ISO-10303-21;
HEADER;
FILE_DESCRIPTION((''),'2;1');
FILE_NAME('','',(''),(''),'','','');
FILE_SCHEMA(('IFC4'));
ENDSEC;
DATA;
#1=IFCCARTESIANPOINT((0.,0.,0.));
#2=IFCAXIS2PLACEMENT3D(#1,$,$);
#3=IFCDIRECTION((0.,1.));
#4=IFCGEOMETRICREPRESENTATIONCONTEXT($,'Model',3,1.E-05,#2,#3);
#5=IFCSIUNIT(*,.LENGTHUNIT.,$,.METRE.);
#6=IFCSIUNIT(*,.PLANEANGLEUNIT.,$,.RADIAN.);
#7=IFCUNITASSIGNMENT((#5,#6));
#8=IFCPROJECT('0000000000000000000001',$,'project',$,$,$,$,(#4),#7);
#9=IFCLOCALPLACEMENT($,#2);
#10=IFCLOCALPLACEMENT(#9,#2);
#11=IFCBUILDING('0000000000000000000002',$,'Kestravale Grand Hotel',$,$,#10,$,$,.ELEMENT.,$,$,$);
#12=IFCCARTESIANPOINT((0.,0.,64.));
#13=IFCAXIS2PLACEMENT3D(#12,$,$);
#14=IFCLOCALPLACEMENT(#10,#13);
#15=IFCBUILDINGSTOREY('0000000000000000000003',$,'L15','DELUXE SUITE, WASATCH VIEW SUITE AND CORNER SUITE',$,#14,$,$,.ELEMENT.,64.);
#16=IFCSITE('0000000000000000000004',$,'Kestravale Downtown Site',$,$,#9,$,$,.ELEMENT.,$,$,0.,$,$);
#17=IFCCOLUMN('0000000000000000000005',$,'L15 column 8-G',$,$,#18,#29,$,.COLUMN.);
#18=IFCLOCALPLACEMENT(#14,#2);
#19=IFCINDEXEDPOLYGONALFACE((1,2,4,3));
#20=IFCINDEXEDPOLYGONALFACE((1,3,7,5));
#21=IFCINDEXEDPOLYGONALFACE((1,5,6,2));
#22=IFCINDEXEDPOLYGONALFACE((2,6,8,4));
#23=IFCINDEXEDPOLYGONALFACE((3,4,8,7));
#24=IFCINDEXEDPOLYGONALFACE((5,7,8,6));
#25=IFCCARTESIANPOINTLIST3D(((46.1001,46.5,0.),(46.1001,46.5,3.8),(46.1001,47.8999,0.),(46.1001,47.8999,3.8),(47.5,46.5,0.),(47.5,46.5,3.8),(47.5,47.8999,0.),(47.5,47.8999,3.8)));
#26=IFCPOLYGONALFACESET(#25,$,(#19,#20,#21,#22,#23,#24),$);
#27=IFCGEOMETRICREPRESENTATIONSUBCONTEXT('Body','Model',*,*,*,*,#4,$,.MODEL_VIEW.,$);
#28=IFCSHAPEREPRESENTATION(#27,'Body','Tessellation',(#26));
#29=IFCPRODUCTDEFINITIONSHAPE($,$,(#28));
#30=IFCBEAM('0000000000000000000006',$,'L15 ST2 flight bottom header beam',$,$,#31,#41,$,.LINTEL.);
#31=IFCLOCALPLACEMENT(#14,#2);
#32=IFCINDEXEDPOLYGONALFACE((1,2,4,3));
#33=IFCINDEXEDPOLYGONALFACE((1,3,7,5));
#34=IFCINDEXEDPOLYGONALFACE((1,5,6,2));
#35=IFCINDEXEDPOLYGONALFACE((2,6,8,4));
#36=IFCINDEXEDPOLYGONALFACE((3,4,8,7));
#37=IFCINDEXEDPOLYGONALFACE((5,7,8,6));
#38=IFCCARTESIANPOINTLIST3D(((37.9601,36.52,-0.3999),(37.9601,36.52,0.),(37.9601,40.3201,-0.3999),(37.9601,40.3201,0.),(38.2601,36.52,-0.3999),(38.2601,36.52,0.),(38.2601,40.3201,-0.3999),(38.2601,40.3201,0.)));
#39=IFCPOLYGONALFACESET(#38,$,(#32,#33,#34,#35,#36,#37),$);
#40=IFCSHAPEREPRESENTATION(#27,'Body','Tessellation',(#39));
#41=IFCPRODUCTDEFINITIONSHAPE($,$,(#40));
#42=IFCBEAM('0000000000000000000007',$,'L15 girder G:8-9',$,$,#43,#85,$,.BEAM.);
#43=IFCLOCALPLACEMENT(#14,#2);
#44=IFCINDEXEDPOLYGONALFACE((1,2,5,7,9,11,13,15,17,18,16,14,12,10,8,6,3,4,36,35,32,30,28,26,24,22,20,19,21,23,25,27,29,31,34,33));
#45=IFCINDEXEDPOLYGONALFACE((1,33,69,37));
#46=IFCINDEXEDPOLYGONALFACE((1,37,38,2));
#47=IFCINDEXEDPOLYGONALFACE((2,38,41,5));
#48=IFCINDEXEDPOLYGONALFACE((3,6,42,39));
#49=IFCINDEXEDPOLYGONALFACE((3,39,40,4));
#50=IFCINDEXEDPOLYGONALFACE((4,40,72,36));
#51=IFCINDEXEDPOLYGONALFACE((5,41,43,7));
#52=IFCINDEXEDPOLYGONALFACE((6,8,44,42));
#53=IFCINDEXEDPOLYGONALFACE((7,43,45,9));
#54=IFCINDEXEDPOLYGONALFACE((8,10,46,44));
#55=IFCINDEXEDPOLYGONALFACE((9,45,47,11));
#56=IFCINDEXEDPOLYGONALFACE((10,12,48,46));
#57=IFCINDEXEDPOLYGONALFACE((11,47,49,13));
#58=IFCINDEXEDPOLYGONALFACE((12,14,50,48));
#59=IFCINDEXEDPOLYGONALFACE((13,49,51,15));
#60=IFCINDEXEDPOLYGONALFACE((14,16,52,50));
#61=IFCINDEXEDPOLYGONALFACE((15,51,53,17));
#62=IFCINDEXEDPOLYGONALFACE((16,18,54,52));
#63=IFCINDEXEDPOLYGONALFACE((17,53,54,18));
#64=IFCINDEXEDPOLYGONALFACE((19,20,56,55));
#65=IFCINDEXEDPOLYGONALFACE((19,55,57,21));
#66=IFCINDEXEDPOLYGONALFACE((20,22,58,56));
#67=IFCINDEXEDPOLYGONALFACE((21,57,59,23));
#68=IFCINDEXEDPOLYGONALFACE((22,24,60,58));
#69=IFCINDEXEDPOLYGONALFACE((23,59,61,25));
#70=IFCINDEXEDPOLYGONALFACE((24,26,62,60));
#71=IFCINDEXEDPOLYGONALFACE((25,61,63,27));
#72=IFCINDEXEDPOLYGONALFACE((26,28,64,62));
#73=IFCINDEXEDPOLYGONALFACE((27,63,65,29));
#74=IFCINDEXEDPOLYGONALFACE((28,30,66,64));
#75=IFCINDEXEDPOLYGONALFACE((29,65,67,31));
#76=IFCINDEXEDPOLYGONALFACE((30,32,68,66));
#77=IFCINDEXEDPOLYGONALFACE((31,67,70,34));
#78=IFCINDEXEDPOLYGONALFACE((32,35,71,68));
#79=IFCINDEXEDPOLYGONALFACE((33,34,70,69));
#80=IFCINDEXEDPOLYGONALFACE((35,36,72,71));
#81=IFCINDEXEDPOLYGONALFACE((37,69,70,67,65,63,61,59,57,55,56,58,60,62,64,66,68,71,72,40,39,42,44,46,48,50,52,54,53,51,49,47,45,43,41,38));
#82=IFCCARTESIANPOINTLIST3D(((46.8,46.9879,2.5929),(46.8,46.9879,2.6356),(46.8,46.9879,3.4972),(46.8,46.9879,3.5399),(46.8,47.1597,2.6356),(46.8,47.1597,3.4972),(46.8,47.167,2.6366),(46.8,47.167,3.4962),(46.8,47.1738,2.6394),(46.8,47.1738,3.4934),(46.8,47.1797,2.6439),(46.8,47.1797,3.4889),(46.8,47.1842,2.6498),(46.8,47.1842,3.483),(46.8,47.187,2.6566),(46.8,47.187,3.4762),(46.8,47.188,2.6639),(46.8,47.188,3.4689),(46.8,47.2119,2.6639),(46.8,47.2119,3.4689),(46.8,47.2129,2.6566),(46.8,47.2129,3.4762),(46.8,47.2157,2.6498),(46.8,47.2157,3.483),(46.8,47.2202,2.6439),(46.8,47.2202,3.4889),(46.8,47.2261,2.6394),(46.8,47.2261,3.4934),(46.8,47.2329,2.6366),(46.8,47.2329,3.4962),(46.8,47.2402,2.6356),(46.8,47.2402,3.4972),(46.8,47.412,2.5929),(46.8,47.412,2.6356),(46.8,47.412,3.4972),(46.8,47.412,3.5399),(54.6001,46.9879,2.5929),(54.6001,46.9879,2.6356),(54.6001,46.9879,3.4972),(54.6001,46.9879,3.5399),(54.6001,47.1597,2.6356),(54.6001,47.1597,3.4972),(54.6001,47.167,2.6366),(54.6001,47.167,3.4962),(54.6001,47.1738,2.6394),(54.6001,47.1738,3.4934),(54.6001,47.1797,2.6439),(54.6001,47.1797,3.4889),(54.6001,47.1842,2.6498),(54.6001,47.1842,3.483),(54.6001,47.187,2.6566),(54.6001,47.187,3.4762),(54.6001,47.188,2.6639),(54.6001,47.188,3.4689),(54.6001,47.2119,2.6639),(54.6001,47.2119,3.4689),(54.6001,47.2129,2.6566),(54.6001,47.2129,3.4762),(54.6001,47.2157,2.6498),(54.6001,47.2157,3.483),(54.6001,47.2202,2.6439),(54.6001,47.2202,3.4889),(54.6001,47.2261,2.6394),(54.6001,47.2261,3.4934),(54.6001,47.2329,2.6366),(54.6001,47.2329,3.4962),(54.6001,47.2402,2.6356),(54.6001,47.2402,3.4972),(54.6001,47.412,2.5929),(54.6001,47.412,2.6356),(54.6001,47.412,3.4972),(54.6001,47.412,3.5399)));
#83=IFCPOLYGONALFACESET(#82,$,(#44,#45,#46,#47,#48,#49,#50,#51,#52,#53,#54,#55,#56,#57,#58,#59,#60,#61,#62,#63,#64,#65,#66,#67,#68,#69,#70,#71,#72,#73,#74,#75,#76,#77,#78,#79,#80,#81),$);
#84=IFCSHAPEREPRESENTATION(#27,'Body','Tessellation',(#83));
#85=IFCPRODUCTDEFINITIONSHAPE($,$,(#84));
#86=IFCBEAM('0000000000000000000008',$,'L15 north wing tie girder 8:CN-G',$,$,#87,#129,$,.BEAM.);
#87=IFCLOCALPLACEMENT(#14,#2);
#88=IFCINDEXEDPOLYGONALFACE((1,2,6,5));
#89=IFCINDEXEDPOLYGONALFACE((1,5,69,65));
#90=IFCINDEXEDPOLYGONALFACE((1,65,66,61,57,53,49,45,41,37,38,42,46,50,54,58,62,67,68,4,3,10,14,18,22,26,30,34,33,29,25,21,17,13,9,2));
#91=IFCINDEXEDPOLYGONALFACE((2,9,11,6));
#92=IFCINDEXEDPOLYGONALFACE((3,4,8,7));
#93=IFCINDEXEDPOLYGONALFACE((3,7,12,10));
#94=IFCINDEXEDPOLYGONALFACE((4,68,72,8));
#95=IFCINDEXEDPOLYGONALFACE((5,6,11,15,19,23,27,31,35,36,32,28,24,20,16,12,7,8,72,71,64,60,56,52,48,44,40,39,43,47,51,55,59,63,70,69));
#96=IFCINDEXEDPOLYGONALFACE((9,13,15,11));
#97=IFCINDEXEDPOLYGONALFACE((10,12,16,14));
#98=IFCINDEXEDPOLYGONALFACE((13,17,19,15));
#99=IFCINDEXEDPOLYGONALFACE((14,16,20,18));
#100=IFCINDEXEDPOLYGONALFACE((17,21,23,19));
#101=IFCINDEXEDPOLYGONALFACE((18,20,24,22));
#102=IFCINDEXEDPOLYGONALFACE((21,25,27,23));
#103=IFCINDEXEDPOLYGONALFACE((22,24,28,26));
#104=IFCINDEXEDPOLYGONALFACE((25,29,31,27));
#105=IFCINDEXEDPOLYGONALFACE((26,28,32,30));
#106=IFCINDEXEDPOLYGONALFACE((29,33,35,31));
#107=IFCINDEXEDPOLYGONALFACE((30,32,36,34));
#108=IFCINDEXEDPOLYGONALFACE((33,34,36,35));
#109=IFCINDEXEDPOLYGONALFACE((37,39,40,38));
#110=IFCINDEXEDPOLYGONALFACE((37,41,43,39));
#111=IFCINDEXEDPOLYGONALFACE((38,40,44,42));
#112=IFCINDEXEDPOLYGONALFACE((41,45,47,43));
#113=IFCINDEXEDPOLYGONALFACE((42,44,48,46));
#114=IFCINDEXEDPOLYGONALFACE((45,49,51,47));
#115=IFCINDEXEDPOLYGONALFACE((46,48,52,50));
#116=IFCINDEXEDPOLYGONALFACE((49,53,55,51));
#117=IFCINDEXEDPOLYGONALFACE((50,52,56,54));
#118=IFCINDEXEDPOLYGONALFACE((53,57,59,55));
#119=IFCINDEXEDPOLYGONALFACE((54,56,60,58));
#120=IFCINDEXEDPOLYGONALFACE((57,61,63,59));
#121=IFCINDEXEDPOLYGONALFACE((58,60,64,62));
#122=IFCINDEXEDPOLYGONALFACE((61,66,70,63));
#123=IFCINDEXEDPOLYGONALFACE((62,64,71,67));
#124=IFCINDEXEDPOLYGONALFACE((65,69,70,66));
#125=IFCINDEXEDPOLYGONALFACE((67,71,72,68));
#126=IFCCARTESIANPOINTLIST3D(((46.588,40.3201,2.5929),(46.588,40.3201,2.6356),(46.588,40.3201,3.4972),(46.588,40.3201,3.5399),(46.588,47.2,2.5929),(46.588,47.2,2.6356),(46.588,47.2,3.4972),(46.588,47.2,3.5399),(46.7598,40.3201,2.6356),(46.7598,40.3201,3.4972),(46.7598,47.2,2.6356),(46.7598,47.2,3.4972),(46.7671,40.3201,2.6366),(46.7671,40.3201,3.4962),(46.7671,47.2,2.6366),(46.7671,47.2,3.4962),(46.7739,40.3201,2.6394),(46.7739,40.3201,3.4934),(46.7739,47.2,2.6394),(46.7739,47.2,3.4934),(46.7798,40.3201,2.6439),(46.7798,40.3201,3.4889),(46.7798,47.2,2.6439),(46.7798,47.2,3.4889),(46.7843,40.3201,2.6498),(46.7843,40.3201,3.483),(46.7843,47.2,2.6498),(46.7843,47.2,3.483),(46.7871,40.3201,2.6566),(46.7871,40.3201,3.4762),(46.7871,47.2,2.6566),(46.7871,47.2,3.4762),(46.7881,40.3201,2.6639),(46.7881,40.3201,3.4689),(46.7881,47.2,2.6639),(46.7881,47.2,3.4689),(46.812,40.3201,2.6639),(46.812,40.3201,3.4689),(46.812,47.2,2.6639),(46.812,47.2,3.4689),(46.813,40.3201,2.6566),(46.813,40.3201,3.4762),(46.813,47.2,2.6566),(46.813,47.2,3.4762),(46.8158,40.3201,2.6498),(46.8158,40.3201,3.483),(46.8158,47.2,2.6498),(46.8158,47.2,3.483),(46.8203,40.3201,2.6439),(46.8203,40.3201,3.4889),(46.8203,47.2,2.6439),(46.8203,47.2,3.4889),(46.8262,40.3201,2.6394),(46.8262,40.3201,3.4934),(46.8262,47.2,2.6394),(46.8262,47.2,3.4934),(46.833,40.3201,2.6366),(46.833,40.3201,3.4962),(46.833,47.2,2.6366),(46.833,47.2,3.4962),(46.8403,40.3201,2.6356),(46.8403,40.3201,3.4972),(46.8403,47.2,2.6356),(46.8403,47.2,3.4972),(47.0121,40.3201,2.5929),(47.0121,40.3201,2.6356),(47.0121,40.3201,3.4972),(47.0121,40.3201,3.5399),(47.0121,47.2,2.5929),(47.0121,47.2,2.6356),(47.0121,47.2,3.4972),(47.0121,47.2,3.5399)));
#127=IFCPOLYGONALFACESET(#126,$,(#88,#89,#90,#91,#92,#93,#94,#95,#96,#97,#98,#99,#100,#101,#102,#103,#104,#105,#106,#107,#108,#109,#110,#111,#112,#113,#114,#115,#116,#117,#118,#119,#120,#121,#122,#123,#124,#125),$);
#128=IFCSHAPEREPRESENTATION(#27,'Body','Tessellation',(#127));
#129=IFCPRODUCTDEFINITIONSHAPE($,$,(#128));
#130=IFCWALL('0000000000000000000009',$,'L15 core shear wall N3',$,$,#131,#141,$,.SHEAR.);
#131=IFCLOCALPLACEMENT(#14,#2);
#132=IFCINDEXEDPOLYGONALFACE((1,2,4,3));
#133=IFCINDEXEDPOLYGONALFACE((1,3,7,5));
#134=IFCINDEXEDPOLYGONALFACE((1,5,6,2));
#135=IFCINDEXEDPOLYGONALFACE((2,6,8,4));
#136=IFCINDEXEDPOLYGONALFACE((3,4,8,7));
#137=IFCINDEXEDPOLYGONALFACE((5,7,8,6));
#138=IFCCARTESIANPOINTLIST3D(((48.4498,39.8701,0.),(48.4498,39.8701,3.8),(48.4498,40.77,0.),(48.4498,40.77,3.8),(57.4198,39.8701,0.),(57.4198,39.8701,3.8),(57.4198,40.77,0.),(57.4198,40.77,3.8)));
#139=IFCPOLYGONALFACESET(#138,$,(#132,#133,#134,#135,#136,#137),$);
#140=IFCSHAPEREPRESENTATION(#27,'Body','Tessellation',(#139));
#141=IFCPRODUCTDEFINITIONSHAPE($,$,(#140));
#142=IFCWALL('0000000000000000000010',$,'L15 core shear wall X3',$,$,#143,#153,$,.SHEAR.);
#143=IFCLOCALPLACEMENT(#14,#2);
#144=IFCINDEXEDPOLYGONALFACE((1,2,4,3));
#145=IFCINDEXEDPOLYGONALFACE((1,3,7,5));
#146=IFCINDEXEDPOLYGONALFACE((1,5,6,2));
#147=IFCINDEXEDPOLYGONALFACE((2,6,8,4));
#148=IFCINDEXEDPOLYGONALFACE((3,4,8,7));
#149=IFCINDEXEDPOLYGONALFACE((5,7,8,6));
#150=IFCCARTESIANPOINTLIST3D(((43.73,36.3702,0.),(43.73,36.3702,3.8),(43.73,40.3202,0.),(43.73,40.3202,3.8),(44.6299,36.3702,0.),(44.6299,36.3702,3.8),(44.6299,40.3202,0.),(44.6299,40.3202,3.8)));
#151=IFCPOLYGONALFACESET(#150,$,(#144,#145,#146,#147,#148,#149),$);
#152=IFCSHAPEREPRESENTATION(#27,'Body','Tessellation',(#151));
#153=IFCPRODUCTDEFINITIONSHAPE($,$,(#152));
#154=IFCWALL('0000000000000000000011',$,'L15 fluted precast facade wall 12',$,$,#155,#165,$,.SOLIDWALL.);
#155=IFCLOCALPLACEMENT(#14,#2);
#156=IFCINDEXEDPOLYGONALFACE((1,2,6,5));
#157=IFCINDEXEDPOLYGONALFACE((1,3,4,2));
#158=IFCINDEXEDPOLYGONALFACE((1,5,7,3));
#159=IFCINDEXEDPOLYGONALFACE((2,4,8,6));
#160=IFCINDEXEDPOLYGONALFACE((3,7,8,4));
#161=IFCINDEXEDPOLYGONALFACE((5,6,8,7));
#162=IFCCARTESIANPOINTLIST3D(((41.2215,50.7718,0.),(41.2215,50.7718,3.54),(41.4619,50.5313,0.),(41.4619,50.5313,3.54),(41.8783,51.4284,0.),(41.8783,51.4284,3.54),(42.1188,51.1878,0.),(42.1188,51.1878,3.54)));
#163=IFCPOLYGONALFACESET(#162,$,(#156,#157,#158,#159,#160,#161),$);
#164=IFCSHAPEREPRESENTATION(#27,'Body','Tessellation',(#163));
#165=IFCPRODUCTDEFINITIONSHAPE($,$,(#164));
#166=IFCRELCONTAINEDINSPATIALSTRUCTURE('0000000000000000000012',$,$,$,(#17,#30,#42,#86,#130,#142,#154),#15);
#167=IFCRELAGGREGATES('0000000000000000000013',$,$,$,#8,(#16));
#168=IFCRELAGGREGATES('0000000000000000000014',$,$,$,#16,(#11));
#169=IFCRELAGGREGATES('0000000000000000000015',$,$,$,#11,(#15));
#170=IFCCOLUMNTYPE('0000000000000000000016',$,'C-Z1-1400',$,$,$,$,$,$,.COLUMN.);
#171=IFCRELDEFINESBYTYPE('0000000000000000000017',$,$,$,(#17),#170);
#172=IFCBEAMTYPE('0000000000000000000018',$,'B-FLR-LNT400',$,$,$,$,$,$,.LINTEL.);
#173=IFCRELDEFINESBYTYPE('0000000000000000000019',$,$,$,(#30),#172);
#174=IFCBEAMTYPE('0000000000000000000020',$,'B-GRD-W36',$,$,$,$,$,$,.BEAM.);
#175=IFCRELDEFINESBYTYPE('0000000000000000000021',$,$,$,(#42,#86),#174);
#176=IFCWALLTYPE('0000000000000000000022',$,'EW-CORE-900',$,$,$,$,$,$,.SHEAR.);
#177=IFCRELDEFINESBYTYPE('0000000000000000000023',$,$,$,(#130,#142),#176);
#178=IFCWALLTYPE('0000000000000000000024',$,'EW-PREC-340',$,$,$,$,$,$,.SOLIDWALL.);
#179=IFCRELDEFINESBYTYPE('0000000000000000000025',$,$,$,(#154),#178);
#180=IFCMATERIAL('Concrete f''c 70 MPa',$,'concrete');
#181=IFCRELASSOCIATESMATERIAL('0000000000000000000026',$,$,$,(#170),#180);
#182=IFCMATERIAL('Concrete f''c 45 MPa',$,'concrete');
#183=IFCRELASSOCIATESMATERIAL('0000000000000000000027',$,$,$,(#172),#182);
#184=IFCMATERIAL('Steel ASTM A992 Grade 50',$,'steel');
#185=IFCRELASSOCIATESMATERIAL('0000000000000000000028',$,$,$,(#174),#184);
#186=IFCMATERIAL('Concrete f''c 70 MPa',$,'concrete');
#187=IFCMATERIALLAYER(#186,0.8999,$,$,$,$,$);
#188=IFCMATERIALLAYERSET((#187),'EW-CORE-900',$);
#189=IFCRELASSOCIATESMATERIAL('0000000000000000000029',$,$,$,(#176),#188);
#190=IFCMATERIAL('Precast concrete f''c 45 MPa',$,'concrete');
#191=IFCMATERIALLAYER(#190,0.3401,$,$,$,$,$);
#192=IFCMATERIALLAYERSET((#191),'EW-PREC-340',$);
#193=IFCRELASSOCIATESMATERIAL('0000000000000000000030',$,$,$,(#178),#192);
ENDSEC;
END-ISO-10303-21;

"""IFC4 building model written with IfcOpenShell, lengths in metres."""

from ifc_helpers import new_model, si_unit, direction, frame, frame_2d, origin, origin_2d, place, context, subcontext, project, spatial, rectangle, i_section, extrude, material, layer, layer_set, material_profile, profile_set, type_object, element, save


model = new_model("IFC4")

# Units and contexts
model_context = context("Model", 3, precision=1e-05, world=origin(), true_north=direction((0.0, 1.0)))
body_context = subcontext(model_context, "Body", "Model", "MODEL_VIEW")
ifc_project = project(units=[si_unit("LENGTHUNIT", "METRE"), si_unit("PLANEANGLEUNIT", "RADIAN")], contexts=[model_context])

# Site, building, storey
site_placement = place(None, origin())
site = spatial("IfcSite", under=ifc_project, at=site_placement, Name="Kestravale Downtown Site", CompositionType="ELEMENT", RefElevation=0.0)
building_placement = place(site_placement, origin())
building = spatial("IfcBuilding", under=site, at=building_placement, Name="Kestravale Grand Hotel", CompositionType="ELEMENT")
storey_placement = place(building_placement, frame((0.0, 0.0, 64.0)))
storey = spatial("IfcBuildingStorey", under=building, at=storey_placement, Name="L15", Description="DELUXE SUITE, WASATCH VIEW SUITE AND CORNER SUITE", CompositionType="ELEMENT", Elevation=64.0)

# Column
ifc_material_1 = material(Name="Concrete f'c 70 MPa", Category="concrete")
ifc_material_profile_1 = material_profile(ifc_material_1, rectangle(XDim=1.3999, YDim=1.3999, at=origin_2d()))
ifc_profile_set_1 = profile_set([ifc_material_profile_1], Name="Concrete f'c 70 MPa")
column_type = type_object("IfcColumnType", Name="C-Z1-1400", PredefinedType="COLUMN", material=ifc_profile_set_1)
column_placement = place(storey_placement, frame((46.8, 47.2, 0.0), z_axis=(0.0, 0.0, 1.0), x_axis=(1.0, 0.0, 0.0)))
element("IfcColumn", 1, at=column_placement, inside=storey, type_object=column_type, Name="L15 column 8-G", PredefinedType="COLUMN", context=body_context, shape_type="SweptSolid", body=[
    extrude(rectangle(XDim=1.3999, YDim=1.3999, at=origin_2d()), origin(), (0.0, 0.0, 1.0), 3.8),
])

# Beams
ifc_material_2 = material(Name="Concrete f'c 45 MPa", Category="concrete")
ifc_material_profile_2 = material_profile(ifc_material_2, rectangle(XDim=0.3, YDim=0.3999, at=origin_2d()))
ifc_profile_set_2 = profile_set([ifc_material_profile_2], Name="Concrete f'c 45 MPa")
beam_type_1 = type_object("IfcBeamType", Name="B-FLR-LNT400", PredefinedType="LINTEL", material=ifc_profile_set_2)
beam_1_placement = place(storey_placement, frame((38.1101, 36.52, -0.2), z_axis=(0.0, 1.0, 0.0), x_axis=(-1.0, 0.0, 0.0)))
element("IfcBeam", 2, at=beam_1_placement, inside=storey, type_object=beam_type_1, Name="L15 ST2 flight bottom header beam", PredefinedType="LINTEL", context=body_context, shape_type="SweptSolid", body=[
    extrude(rectangle(XDim=0.3, YDim=0.3999, at=origin_2d()), origin(), (0.0, 0.0, 1.0), 3.8),
])
ifc_material_3 = material(Name="Steel ASTM A992 Grade 50", Category="steel")
ifc_material_profile_3 = material_profile(ifc_material_3, i_section(OverallWidth=0.4241, OverallDepth=0.947, WebThickness=0.0239, FlangeThickness=0.0427, FilletRadius=0.0283, at=origin_2d()))
ifc_profile_set_3 = profile_set([ifc_material_profile_3], Name="Steel ASTM A992 Grade 50")
beam_type_2 = type_object("IfcBeamType", Name="B-GRD-W36", PredefinedType="BEAM", material=ifc_profile_set_3)
beam_2_placement = place(storey_placement, frame((46.8, 47.2, 3.0664), z_axis=(1.0, 0.0, 0.0), x_axis=(0.0, 1.0, 0.0)))
element("IfcBeam", 3, at=beam_2_placement, inside=storey, type_object=beam_type_2, Name="L15 girder G:8-9", PredefinedType="BEAM", context=body_context, shape_type="SweptSolid", body=[
    extrude(i_section(OverallWidth=0.4241, OverallDepth=0.947, WebThickness=0.0239, FlangeThickness=0.0427, FilletRadius=0.0283, at=origin_2d()), origin(), (0.0, 0.0, 1.0), 7.8),
])
beam_3_placement = place(storey_placement, frame((46.8, 40.3201, 3.0664), z_axis=(0.0, 1.0, 0.0), x_axis=(-1.0, 0.0, 0.0)))
element("IfcBeam", 4, at=beam_3_placement, inside=storey, type_object=beam_type_2, Name="L15 north wing tie girder 8:CN-G", PredefinedType="BEAM", context=body_context, shape_type="SweptSolid", body=[
    extrude(i_section(OverallWidth=0.4241, OverallDepth=0.947, WebThickness=0.0239, FlangeThickness=0.0427, FilletRadius=0.0283, at=origin_2d()), origin(), (0.0, 0.0, 1.0), 6.8799),
])

# Walls
ifc_material_4 = material(Name="Concrete f'c 70 MPa", Category="concrete")
ifc_layer_1 = layer(ifc_material_4, 0.8999)
ifc_layer_set_1 = layer_set([ifc_layer_1], Name="EW-CORE-900")
wall_type_1 = type_object("IfcWallType", Name="EW-CORE-900", PredefinedType="SHEAR", material=ifc_layer_set_1)
wall_1_placement = place(storey_placement, frame((48.45, 40.3201, 0.0), z_axis=(0.0, 0.0, 1.0), x_axis=(1.0, 0.0, 0.0)))
element("IfcWall", 5, at=wall_1_placement, inside=storey, type_object=wall_type_1, Name="L15 core shear wall N3", PredefinedType="SHEAR", context=body_context, shape_type="SweptSolid", body=[
    extrude(rectangle(XDim=8.97, YDim=0.8999, at=frame_2d((4.4849, 0.0))), origin(), (0.0, 0.0, 1.0), 3.8),
])
wall_2_placement = place(storey_placement, frame((44.1799, 36.3701, 0.0), z_axis=(0.0, 0.0, 1.0), x_axis=(0.0, 1.0, 0.0)))
element("IfcWall", 6, at=wall_2_placement, inside=storey, type_object=wall_type_1, Name="L15 core shear wall X3", PredefinedType="SHEAR", context=body_context, shape_type="SweptSolid", body=[
    extrude(rectangle(XDim=3.95, YDim=0.8999, at=frame_2d((1.9751, 0.0))), origin(), (0.0, 0.0, 1.0), 3.8),
])
ifc_material_5 = material(Name="Precast concrete f'c 45 MPa", Category="concrete")
ifc_layer_2 = layer(ifc_material_5, 0.3401)
ifc_layer_set_2 = layer_set([ifc_layer_2], Name="EW-PREC-340")
wall_type_2 = type_object("IfcWallType", Name="EW-PREC-340", PredefinedType="SOLIDWALL", material=ifc_layer_set_2)
wall_3_placement = place(storey_placement, frame((41.9985, 51.3081, 0.0), z_axis=(0.0, 0.0, 1.0), x_axis=(-0.707238, -0.706975, 0.0)))
element("IfcWall", 7, at=wall_3_placement, inside=storey, type_object=wall_type_2, Name="L15 fluted precast facade wall 12", PredefinedType="SOLIDWALL", context=body_context, shape_type="SweptSolid", body=[
    extrude(rectangle(XDim=0.9287, YDim=0.3401, at=frame_2d((0.4644, 0.0))), origin(), (0.0, 0.0, 1.0), 3.54),
])

save(model, "model.ifc")
